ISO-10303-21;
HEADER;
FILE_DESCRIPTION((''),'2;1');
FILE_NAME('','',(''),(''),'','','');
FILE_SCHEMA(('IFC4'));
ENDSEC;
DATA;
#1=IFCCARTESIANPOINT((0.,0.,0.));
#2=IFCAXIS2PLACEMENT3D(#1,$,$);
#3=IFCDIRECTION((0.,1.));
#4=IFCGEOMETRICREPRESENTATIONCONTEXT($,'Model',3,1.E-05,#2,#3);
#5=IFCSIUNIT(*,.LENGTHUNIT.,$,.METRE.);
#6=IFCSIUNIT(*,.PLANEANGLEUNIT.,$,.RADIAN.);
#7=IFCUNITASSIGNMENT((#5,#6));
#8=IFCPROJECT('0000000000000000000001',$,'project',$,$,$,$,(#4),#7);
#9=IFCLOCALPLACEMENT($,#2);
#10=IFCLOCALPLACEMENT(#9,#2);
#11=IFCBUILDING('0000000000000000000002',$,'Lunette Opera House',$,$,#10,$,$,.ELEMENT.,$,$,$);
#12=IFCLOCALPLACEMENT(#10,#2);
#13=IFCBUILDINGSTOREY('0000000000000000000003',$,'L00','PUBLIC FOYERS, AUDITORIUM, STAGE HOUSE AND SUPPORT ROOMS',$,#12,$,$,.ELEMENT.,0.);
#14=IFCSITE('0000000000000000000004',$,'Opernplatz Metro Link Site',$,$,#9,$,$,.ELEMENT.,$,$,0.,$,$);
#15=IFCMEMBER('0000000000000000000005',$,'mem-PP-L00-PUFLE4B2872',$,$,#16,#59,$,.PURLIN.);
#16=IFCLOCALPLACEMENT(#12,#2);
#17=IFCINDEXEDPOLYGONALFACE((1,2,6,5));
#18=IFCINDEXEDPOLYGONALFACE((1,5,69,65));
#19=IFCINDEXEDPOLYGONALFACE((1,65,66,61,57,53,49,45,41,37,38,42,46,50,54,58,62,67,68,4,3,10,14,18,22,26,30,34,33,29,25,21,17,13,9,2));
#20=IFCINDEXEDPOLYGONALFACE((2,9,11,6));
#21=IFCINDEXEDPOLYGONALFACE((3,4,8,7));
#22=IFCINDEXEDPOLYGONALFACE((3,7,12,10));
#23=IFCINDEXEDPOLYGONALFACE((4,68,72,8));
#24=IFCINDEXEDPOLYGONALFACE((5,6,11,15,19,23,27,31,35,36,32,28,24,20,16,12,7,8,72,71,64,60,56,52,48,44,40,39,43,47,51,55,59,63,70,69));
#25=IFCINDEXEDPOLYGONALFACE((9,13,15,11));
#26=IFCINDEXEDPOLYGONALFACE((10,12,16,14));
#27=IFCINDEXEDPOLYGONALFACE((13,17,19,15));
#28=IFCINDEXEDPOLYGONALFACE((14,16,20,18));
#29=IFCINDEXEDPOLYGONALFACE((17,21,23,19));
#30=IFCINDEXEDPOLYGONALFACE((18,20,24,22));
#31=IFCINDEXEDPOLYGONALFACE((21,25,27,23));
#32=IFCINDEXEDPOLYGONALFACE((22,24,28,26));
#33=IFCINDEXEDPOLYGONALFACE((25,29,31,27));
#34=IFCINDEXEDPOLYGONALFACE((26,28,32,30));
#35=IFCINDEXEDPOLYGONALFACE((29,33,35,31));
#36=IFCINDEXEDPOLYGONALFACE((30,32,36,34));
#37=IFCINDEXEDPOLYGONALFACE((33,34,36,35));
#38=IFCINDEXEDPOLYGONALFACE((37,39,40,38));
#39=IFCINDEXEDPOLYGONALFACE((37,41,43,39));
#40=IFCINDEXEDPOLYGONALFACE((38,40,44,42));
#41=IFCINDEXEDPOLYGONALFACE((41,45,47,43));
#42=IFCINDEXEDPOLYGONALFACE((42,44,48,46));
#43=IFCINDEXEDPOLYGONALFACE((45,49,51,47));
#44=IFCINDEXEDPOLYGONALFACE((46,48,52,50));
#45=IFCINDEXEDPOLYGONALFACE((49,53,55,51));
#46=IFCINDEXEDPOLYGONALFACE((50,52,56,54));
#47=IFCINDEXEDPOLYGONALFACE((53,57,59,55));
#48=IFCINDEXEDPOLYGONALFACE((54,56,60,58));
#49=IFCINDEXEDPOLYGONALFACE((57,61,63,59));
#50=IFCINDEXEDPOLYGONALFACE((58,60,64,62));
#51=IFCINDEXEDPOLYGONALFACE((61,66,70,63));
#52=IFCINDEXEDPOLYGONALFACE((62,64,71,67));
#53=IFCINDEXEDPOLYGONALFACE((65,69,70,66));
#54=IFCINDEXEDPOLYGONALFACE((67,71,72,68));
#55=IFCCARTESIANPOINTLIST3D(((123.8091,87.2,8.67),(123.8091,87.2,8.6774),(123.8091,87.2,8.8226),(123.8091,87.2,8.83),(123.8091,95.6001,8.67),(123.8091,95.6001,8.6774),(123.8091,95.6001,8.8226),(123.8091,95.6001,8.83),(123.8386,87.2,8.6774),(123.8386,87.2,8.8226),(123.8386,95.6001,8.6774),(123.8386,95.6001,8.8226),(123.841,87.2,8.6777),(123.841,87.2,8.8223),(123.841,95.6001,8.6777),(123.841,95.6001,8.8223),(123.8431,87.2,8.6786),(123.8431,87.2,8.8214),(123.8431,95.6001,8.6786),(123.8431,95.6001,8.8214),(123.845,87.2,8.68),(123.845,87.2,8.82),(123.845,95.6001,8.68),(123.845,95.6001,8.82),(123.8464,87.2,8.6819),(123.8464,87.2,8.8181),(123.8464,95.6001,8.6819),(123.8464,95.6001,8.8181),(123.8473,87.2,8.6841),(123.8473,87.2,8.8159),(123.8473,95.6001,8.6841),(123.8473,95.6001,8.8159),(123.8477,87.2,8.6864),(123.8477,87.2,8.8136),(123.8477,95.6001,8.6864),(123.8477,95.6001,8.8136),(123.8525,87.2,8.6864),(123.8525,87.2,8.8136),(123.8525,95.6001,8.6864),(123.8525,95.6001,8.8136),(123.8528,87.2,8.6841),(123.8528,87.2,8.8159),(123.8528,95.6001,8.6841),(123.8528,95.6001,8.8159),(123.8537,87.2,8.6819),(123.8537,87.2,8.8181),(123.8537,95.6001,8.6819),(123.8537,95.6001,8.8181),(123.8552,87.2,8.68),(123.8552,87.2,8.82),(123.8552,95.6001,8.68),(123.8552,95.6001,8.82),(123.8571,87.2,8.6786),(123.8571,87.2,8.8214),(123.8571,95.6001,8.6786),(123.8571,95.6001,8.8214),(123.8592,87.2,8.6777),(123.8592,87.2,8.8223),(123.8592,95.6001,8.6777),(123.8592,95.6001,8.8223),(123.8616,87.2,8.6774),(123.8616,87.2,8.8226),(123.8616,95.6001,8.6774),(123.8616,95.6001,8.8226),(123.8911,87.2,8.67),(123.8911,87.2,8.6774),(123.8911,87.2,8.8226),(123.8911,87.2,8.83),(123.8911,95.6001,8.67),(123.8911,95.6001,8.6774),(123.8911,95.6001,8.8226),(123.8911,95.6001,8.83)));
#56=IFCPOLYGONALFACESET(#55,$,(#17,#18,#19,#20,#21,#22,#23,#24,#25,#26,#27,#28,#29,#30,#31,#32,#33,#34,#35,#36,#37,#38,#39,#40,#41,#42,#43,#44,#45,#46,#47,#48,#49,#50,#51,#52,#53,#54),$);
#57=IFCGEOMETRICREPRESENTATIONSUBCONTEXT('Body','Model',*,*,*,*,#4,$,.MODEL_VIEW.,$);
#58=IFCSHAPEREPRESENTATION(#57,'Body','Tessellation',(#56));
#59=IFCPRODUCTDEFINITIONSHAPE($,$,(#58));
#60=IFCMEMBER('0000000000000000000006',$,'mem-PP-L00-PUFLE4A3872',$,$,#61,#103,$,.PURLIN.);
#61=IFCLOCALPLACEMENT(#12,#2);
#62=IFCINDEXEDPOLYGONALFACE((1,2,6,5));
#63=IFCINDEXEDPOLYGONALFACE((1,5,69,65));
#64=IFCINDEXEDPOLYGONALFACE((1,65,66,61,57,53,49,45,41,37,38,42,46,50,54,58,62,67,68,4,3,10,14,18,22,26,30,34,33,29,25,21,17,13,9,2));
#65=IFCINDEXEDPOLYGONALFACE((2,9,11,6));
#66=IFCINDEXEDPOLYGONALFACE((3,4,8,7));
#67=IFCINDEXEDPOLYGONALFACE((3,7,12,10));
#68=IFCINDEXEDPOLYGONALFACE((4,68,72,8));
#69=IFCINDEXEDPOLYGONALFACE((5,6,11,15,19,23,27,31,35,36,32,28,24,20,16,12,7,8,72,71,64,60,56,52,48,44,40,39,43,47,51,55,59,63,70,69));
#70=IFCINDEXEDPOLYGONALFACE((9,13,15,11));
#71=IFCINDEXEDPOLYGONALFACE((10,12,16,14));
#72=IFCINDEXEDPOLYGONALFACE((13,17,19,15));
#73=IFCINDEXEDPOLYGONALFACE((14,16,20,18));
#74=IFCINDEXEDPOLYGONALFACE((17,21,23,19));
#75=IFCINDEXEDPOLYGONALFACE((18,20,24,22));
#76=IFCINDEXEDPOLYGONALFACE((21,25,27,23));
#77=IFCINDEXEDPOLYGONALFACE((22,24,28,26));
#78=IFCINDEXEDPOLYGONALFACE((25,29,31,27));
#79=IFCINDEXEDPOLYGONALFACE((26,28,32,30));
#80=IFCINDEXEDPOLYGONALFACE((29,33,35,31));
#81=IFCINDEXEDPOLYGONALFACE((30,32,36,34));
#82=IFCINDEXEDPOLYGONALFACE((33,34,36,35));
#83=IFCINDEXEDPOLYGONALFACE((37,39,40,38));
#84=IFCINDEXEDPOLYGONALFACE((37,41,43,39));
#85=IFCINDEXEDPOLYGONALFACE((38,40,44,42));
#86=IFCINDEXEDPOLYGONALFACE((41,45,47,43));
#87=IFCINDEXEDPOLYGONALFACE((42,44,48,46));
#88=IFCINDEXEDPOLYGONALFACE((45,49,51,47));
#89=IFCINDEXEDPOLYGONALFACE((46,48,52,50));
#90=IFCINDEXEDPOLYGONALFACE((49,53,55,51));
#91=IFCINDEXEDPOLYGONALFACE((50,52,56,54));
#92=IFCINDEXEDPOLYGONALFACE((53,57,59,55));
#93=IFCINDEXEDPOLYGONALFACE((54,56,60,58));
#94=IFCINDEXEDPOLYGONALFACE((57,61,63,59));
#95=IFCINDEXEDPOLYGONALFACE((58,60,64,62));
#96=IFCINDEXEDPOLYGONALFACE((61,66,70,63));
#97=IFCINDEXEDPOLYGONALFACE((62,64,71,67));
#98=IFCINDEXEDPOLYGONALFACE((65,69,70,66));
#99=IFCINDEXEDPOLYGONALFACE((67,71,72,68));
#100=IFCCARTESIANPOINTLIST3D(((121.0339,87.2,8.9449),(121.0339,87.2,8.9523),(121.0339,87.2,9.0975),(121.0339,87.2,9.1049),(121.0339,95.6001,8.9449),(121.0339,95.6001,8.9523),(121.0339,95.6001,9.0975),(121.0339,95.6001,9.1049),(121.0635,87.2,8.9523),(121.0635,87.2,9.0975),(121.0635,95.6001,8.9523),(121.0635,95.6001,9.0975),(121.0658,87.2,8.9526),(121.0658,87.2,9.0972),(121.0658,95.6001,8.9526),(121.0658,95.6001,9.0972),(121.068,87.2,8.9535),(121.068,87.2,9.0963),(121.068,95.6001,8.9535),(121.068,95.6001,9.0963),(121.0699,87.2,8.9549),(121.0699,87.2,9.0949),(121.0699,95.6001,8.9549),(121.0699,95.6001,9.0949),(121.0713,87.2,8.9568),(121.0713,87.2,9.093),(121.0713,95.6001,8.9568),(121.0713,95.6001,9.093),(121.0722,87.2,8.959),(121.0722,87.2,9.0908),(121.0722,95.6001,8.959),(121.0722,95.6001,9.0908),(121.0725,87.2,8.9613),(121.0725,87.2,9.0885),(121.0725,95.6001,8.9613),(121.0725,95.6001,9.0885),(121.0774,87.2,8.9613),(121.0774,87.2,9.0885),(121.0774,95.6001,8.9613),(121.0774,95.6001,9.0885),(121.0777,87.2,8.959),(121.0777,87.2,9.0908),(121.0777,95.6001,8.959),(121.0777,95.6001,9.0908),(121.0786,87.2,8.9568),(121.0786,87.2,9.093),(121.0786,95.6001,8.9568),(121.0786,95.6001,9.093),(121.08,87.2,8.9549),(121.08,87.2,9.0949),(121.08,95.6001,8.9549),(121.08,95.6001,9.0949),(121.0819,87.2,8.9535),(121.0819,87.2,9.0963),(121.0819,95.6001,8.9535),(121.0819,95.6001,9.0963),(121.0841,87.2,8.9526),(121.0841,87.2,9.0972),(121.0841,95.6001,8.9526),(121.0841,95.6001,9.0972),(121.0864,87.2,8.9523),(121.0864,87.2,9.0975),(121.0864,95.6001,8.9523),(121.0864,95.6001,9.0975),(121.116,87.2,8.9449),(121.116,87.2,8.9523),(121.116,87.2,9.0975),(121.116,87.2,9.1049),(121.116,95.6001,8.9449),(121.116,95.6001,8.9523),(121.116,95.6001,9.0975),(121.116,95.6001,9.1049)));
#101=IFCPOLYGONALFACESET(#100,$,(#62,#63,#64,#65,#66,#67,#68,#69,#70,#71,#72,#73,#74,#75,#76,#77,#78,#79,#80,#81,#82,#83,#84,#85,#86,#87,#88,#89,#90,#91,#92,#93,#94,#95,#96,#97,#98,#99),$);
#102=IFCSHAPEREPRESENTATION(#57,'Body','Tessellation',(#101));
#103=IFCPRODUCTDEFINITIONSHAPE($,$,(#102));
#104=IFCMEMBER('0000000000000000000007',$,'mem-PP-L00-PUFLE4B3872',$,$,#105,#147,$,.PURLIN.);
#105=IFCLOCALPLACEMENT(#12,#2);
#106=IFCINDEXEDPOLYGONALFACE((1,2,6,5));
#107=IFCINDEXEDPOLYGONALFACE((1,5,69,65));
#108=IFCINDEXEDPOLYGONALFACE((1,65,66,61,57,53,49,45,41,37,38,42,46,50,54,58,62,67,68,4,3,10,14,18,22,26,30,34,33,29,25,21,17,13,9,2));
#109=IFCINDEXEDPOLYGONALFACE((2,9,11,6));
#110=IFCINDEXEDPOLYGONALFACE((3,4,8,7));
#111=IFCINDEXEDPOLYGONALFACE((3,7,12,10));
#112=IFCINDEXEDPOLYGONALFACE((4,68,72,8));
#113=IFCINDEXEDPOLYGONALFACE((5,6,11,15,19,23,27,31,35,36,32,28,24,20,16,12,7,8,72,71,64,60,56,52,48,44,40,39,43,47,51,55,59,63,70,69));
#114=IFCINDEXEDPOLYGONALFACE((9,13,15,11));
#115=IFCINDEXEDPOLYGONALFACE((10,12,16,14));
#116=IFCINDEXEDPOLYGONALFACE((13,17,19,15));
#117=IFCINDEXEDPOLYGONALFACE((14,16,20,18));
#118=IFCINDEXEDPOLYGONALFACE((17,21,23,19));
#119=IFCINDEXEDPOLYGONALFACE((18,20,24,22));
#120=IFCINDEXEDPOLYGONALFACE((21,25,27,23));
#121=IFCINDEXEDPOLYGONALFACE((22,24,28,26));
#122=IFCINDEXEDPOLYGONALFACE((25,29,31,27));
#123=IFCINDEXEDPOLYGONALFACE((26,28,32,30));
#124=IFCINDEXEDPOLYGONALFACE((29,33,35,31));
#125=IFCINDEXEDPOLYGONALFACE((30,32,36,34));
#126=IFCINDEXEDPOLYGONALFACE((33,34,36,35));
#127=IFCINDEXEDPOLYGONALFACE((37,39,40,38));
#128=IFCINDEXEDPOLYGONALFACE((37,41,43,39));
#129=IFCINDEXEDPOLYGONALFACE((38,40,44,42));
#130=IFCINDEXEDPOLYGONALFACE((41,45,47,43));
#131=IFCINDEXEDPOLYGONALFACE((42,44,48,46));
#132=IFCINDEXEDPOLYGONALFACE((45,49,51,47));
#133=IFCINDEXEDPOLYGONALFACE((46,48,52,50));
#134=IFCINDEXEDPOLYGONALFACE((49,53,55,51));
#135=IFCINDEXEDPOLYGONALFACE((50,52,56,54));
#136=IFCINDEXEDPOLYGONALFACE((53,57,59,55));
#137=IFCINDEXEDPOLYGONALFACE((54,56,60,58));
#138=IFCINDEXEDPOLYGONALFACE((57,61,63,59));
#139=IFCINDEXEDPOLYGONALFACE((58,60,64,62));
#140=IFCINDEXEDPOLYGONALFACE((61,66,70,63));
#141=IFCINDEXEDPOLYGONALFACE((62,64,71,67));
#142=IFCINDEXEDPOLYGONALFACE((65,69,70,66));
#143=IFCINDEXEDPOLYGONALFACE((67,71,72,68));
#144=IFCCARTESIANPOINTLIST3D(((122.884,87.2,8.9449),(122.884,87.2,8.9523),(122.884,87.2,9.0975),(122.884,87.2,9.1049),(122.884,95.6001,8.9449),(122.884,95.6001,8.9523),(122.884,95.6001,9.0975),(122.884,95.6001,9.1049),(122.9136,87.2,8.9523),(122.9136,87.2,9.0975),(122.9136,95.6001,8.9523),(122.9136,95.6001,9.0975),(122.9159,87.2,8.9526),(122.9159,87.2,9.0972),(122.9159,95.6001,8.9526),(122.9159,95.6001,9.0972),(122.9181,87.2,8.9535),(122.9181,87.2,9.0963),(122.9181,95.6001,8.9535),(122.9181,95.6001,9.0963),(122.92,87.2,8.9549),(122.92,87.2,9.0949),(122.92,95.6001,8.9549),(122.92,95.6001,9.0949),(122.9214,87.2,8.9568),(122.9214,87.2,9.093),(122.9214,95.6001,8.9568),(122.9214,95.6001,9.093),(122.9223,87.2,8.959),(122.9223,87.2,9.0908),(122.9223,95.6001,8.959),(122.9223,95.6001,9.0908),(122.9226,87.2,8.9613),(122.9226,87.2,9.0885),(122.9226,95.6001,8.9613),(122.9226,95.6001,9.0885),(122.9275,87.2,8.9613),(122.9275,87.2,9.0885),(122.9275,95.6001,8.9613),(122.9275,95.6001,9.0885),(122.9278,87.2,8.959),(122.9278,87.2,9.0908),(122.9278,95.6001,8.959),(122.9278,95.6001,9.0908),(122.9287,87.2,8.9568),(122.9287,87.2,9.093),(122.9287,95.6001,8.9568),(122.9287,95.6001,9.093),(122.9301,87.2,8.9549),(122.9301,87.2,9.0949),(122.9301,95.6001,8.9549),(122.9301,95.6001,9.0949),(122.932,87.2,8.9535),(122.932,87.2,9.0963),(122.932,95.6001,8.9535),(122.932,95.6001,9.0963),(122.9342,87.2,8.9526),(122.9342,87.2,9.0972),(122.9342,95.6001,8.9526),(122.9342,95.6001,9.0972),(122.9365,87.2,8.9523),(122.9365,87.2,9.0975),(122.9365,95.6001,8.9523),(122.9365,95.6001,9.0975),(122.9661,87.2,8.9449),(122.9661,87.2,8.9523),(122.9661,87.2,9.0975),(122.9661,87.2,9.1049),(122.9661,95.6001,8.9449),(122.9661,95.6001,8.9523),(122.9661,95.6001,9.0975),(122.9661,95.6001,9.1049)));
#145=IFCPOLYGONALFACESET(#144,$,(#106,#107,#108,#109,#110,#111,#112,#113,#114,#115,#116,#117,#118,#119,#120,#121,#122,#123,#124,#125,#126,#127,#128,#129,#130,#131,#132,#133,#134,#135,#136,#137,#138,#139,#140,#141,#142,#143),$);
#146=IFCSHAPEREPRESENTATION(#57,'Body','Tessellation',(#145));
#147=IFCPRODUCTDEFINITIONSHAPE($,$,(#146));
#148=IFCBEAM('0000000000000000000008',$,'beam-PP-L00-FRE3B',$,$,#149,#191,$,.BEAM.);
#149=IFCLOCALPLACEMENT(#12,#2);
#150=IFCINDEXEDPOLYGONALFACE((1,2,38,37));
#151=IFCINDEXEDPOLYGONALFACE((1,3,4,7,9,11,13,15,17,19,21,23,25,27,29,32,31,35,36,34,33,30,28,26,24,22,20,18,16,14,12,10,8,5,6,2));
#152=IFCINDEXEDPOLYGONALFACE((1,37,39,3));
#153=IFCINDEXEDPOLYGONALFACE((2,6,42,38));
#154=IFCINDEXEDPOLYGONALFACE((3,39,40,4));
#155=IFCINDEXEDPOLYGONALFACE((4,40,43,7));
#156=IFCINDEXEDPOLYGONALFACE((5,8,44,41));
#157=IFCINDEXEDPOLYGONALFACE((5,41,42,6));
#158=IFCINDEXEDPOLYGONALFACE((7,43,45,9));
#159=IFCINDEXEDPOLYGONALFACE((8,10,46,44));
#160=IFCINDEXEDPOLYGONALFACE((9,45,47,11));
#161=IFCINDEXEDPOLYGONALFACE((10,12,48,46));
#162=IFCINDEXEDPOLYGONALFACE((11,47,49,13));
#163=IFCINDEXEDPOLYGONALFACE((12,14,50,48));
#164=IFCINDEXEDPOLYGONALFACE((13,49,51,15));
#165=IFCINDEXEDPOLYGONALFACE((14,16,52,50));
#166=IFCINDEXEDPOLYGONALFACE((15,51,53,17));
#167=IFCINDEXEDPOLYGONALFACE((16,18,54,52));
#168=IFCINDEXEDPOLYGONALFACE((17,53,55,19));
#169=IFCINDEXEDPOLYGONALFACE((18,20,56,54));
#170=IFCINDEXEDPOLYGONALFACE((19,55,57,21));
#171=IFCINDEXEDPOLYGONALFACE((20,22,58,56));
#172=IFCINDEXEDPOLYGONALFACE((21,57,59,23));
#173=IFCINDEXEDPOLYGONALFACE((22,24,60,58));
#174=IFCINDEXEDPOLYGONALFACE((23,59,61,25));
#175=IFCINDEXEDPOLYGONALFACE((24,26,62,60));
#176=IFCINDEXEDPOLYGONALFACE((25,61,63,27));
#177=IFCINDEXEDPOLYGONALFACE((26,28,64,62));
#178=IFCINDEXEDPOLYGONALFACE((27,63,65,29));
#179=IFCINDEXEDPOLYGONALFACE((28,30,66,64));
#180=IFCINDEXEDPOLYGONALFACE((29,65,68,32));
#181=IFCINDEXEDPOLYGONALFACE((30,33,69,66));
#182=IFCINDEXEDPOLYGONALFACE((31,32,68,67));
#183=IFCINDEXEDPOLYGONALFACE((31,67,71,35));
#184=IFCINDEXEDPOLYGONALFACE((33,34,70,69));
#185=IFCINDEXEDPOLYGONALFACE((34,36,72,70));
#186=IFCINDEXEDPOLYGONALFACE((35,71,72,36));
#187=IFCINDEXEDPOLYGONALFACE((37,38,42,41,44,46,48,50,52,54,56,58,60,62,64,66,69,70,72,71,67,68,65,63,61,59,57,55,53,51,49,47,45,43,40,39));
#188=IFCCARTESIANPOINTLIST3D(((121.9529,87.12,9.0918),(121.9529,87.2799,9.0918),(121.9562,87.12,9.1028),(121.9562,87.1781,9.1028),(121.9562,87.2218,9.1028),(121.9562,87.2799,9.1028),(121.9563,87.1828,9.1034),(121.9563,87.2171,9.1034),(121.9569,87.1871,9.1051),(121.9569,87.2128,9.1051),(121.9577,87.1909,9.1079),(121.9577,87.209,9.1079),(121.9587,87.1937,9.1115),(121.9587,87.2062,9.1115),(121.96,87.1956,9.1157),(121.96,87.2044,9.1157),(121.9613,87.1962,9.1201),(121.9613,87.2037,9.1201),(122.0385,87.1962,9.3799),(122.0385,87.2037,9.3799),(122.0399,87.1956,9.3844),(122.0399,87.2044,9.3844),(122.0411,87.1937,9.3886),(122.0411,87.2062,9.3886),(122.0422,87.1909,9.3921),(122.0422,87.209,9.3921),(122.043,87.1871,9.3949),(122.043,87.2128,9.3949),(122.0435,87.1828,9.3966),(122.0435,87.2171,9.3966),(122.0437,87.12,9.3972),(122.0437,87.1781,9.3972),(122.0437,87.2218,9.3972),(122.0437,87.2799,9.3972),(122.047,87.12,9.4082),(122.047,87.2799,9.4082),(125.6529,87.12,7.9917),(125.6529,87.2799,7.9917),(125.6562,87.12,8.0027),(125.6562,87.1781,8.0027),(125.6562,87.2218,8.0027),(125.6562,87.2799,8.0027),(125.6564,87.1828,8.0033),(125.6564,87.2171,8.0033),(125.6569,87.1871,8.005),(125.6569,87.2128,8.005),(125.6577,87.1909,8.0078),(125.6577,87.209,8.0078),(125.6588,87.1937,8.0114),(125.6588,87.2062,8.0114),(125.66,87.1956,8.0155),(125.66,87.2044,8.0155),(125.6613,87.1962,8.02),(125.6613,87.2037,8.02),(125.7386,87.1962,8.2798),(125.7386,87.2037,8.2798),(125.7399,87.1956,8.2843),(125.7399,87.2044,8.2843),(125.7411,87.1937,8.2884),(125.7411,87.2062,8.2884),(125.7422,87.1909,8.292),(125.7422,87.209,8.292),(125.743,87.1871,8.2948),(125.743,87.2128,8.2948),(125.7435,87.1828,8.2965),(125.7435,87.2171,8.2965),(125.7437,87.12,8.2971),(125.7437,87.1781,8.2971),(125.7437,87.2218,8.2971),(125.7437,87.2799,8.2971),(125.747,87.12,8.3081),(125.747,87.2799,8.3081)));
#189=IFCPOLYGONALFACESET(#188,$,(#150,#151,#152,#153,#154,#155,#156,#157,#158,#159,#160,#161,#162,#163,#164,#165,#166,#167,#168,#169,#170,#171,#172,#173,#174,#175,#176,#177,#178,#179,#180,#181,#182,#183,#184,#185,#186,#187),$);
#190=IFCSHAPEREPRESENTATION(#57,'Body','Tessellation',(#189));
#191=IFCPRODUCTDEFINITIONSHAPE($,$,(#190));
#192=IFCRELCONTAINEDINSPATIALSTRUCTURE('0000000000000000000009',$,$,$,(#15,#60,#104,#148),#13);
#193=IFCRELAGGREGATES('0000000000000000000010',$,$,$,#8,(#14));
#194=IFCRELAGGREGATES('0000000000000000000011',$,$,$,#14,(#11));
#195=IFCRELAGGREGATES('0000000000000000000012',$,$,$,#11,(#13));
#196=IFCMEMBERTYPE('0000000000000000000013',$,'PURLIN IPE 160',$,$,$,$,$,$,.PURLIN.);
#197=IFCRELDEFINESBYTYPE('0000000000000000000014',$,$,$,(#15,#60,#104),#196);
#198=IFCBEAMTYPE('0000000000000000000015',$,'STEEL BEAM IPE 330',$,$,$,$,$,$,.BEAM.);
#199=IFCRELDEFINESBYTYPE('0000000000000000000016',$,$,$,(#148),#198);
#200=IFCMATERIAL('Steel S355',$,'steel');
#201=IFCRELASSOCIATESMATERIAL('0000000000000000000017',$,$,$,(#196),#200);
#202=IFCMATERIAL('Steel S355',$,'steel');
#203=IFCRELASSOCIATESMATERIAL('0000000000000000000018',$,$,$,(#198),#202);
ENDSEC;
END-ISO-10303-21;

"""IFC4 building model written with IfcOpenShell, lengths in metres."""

from ifc_helpers import new_model, si_unit, direction, frame, origin, origin_2d, place, context, subcontext, project, spatial, i_section, extrude, material, material_profile, profile_set, type_object, element, save


model = new_model("IFC4")

# Units and contexts
model_context = context("Model", 3, precision=1e-05, world=origin(), true_north=direction((0.0, 1.0)))
body_context = subcontext(model_context, "Body", "Model", "MODEL_VIEW")
ifc_project = project(units=[si_unit("LENGTHUNIT", "METRE"), si_unit("PLANEANGLEUNIT", "RADIAN")], contexts=[model_context])

# Site, building, storey
site_placement = place(None, origin())
site = spatial("IfcSite", under=ifc_project, at=site_placement, Name="Opernplatz Metro Link Site", CompositionType="ELEMENT", RefElevation=0.0)
building_placement = place(site_placement, origin())
building = spatial("IfcBuilding", under=site, at=building_placement, Name="Lunette Opera House", CompositionType="ELEMENT")
storey_placement = place(building_placement, origin())
storey = spatial("IfcBuildingStorey", under=building, at=storey_placement, Name="L00", Description="PUBLIC FOYERS, AUDITORIUM, STAGE HOUSE AND SUPPORT ROOMS", CompositionType="ELEMENT", Elevation=0.0)

# Members
ifc_material_1 = material(Name="Steel S355", Category="steel")
ifc_material_profile_1 = material_profile(ifc_material_1, i_section(OverallWidth=0.082, OverallDepth=0.1599, WebThickness=0.0049, FlangeThickness=0.0073, FilletRadius=0.009, at=origin_2d()), Name="IPE 160")
ifc_profile_set_1 = profile_set([ifc_material_profile_1], Name="Steel S355")
member_type_1 = type_object("IfcMemberType", Name="PURLIN IPE 160", PredefinedType="PURLIN", material=ifc_profile_set_1)
for number, where, z_axis, x_axis, name in (
    (1, (123.8501, 87.2, 8.75), (0.0, 1.0, 0.0), (-1.0, 0.0, 0.0), "mem-PP-L00-PUFLE4B2872"),
    (2, (121.075, 87.2, 9.0249), (0.0, 1.0, 0.0), (-1.0, 0.0, 0.0), "mem-PP-L00-PUFLE4A3872"),
    (3, (122.925, 87.2, 9.0249), (0.0, 1.0, 0.0), (-1.0, 0.0, 0.0), "mem-PP-L00-PUFLE4B3872"),
):
    element("IfcMember", number, at=place(storey_placement, frame(where, z_axis=z_axis, x_axis=x_axis)), inside=storey, type_object=member_type_1, Name=name, PredefinedType="PURLIN", context=body_context, shape_type="SweptSolid", body=[
        extrude(i_section(OverallWidth=0.082, OverallDepth=0.1599, WebThickness=0.0049, FlangeThickness=0.0073, FilletRadius=0.009, at=origin_2d()), origin(), (0.0, 0.0, 1.0), 8.4001),
    ])

# Beam
ifc_material_2 = material(Name="Steel S355", Category="steel")
ifc_material_profile_2 = material_profile(ifc_material_2, i_section(OverallWidth=0.1599, OverallDepth=0.3301, WebThickness=0.0076, FlangeThickness=0.0115, FilletRadius=0.0181, at=origin_2d()), Name="IPE 330")
ifc_profile_set_2 = profile_set([ifc_material_profile_2], Name="Steel S355")
beam_type = type_object("IfcBeamType", Name="STEEL BEAM IPE 330", PredefinedType="BEAM", material=ifc_profile_set_2)
beam_placement = place(storey_placement, frame((125.7, 87.2, 8.1499), z_axis=(-0.958528, 0.0, 0.284997), x_axis=(0.0, -1.0, 0.0)))
element("IfcBeam", 4, at=beam_placement, inside=storey, type_object=beam_type, Name="beam-PP-L00-FRE3B", PredefinedType="BEAM", context=body_context, shape_type="SweptSolid", body=[
    extrude(i_section(OverallWidth=0.1599, OverallDepth=0.3301, WebThickness=0.0076, FlangeThickness=0.0115, FilletRadius=0.0181, at=origin_2d()), origin(), (0.0, 0.0, 1.0), 3.8601),
])

save(model, "model.ifc")
